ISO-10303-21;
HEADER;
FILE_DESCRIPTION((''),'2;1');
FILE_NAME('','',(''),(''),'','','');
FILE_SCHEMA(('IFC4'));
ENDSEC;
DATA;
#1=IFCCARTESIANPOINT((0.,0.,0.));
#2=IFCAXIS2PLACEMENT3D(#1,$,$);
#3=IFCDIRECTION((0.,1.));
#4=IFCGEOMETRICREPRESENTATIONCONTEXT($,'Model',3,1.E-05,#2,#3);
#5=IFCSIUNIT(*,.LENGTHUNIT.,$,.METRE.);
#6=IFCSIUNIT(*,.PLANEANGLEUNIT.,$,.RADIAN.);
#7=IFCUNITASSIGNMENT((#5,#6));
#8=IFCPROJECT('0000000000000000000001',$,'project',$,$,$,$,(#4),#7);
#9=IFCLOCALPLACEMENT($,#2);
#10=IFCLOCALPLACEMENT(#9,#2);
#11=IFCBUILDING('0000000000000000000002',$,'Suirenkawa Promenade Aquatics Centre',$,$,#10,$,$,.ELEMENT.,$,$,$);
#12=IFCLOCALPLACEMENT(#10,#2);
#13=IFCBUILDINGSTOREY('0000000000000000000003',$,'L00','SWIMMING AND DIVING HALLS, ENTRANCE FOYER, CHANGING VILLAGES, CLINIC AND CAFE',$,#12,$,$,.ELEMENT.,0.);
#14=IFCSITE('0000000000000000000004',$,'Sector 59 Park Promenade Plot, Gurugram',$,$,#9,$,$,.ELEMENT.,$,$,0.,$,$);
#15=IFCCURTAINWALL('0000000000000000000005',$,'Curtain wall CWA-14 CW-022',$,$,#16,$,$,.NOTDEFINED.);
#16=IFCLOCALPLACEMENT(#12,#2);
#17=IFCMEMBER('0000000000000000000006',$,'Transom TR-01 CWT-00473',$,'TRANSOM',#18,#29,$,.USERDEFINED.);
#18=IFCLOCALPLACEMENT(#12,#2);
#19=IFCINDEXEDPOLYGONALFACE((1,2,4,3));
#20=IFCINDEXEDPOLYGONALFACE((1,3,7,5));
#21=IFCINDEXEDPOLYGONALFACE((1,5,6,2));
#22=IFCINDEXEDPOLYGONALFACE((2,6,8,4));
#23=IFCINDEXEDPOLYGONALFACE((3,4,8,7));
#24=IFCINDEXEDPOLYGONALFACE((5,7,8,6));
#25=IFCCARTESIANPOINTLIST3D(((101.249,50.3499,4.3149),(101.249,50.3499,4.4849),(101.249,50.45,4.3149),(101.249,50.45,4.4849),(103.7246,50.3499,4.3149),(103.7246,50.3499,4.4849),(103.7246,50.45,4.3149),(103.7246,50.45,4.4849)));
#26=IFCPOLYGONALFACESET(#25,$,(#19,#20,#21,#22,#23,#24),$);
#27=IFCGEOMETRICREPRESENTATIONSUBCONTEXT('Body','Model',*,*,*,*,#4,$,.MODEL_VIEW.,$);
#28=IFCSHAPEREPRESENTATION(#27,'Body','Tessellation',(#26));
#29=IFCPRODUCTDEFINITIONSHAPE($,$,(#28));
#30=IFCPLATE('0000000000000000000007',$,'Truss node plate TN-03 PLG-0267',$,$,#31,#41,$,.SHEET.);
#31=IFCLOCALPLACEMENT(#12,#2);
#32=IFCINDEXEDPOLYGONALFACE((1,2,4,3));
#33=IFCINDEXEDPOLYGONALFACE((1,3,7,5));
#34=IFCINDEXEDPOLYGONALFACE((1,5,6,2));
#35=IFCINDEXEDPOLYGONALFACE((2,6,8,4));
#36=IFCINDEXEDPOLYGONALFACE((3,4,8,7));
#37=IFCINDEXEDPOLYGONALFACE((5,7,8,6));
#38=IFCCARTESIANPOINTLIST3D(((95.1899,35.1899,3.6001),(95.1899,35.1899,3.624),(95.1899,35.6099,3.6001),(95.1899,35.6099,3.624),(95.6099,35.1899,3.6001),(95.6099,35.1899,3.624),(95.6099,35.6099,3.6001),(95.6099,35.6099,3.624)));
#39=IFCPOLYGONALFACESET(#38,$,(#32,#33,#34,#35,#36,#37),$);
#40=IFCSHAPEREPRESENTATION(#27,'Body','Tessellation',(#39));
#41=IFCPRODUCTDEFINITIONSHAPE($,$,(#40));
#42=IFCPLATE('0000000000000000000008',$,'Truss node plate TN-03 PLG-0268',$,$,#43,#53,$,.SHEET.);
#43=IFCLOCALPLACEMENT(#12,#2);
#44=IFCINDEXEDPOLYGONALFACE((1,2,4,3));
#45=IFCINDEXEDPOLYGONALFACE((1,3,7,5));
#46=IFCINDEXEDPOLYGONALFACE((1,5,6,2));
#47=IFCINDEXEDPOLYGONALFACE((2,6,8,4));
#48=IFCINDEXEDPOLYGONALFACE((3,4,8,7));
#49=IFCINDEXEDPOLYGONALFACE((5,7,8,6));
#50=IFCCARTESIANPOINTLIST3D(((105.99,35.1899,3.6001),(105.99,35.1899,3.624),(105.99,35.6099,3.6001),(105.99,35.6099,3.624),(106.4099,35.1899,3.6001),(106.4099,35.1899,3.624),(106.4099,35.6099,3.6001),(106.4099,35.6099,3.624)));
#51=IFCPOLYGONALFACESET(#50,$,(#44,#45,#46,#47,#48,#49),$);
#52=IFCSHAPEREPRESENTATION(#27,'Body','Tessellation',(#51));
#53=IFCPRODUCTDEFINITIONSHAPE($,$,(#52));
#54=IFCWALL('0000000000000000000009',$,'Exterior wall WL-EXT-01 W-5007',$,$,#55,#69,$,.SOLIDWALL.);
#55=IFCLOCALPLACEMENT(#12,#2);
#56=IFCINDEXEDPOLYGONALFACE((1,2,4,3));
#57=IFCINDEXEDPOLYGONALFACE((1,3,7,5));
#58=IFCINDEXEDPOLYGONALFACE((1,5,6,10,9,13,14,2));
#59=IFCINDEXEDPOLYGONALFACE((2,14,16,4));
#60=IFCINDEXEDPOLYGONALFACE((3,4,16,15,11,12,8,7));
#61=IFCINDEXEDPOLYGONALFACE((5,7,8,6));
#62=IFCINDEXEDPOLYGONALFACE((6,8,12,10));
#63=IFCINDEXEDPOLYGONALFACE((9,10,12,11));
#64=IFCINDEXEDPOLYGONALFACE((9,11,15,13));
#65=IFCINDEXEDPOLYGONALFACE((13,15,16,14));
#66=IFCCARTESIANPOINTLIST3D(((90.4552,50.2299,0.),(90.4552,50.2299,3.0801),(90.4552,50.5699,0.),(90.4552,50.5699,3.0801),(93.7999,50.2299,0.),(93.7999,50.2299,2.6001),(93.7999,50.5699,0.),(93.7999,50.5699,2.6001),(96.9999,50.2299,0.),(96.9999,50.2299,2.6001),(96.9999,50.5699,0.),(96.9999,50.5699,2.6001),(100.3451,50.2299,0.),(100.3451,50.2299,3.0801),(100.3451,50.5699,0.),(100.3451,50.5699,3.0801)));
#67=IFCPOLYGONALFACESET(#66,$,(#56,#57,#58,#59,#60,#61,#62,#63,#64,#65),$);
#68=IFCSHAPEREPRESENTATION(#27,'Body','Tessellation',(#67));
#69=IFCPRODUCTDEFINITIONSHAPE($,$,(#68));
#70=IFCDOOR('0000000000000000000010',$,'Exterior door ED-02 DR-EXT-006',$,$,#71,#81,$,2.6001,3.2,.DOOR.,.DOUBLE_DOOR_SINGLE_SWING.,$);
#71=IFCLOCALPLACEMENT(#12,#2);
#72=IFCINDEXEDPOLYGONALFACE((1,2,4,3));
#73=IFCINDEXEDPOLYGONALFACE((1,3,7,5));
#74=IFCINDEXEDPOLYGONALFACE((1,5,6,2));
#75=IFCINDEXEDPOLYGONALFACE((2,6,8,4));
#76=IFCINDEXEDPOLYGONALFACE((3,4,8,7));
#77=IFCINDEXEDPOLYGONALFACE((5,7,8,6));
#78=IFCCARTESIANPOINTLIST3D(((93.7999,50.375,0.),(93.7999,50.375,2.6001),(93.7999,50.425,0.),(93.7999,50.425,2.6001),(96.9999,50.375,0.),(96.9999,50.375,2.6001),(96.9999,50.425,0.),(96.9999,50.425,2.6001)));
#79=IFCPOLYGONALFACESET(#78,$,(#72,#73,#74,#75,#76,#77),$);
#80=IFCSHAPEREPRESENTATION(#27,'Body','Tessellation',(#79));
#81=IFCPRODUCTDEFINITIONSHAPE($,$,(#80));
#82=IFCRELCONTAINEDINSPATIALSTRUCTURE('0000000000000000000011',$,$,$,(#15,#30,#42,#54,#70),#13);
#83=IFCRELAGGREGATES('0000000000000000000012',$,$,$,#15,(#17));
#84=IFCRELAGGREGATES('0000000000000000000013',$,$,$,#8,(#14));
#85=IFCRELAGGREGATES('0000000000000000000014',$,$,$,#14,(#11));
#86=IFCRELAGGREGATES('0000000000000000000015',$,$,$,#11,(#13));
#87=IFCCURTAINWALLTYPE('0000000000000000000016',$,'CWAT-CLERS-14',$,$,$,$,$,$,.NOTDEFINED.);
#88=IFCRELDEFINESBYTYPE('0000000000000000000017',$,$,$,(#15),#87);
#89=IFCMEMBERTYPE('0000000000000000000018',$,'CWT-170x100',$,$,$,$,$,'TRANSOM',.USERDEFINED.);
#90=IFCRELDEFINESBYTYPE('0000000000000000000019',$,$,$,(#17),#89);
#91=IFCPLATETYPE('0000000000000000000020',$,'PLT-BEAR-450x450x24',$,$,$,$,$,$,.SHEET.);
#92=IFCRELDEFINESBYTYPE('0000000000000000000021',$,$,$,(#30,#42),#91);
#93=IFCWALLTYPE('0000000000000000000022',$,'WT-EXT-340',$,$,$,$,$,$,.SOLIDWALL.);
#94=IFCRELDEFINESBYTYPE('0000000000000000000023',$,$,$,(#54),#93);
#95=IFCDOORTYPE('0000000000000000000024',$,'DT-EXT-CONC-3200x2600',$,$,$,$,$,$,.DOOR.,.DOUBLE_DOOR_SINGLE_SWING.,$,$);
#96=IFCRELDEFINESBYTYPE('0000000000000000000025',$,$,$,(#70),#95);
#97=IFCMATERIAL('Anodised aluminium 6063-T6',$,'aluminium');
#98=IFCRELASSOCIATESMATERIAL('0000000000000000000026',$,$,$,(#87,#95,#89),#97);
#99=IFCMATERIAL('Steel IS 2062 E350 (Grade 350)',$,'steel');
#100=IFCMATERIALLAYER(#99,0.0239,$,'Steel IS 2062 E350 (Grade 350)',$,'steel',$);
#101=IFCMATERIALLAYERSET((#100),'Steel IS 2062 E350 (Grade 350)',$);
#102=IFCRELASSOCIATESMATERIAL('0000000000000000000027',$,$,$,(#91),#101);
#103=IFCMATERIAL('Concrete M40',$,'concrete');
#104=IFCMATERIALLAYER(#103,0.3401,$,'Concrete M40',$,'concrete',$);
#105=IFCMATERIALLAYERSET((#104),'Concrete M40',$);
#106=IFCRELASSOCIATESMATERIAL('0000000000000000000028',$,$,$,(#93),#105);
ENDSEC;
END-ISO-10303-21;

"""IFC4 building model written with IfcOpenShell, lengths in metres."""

from ifc_helpers import new_model, si_unit, direction, frame, frame_2d, origin, origin_2d, place, context, subcontext, project, spatial, rectangle, extrude, material, layer, layer_set, material_profile, profile_set, type_object, element, fill, aggregate, save


model = new_model("IFC4")

# Units and contexts
model_context = context("Model", 3, precision=1e-05, world=origin(), true_north=direction((0.0, 1.0)))
body_context = subcontext(model_context, "Body", "Model", "MODEL_VIEW")
ifc_project = project(units=[si_unit("LENGTHUNIT", "METRE"), si_unit("PLANEANGLEUNIT", "RADIAN")], contexts=[model_context])

# Site, building, storey
site_placement = place(None, origin())
site = spatial("IfcSite", under=ifc_project, at=site_placement, Name="Sector 59 Park Promenade Plot, Gurugram", CompositionType="ELEMENT", RefElevation=0.0)
building_placement = place(site_placement, origin())
building = spatial("IfcBuilding", under=site, at=building_placement, Name="Suirenkawa Promenade Aquatics Centre", CompositionType="ELEMENT")
storey_placement = place(building_placement, origin())
storey = spatial("IfcBuildingStorey", under=building, at=storey_placement, Name="L00", Description="SWIMMING AND DIVING HALLS, ENTRANCE FOYER, CHANGING VILLAGES, CLINIC AND CAFE", CompositionType="ELEMENT", Elevation=0.0)

# Shared definitions
ifc_material_1 = material(Name="Concrete M40", Category="concrete")
ifc_material_2 = material(Name="Steel IS 2062 E350 (Grade 350)", Category="steel")

# Curtain wall
ifc_material_3 = material(Name="Anodised aluminium 6063-T6", Category="aluminium")
curtain_wall_type_1 = type_object("IfcCurtainWallType", Name="CWAT-CLERS-14", PredefinedType="NOTDEFINED", material=ifc_material_3)
curtain_wall_1_placement = place(storey_placement, origin())
curtain_wall_1 = element("IfcCurtainWall", 1, at=curtain_wall_1_placement, inside=storey, type_object=curtain_wall_type_1, Name="Curtain wall CWA-14 CW-022", PredefinedType="NOTDEFINED")

# Member
ifc_material_profile_1 = material_profile(ifc_material_3, rectangle(XDim=0.1001, YDim=0.1699, at=origin_2d()), Name="ALU TRAN 100x170", Category="aluminium")
ifc_profile_set_1 = profile_set([ifc_material_profile_1], Name="Anodised aluminium 6063-T6")
member_type_1 = type_object("IfcMemberType", Name="CWT-170x100", ElementType="TRANSOM", PredefinedType="USERDEFINED", material=ifc_profile_set_1)
member_1_placement = place(storey_placement, frame((103.7246, 50.3999, 4.3999), z_axis=(-1.0, 0.0, 0.0), x_axis=(0.0, -1.0, 0.0)))
member_1 = element("IfcMember", 2, at=member_1_placement, type_object=member_type_1, Name="Transom TR-01 CWT-00473", ObjectType="TRANSOM", PredefinedType="USERDEFINED", context=body_context, shape_type="SweptSolid", body=[
    extrude(rectangle(XDim=0.1001, YDim=0.1699, at=origin_2d()), origin(), (0.0, 0.0, 1.0), 2.4756),
])

aggregate(curtain_wall_1, [member_1])

# Plates
ifc_layer_1 = layer(ifc_material_2, 0.0239, Name="Steel IS 2062 E350 (Grade 350)", Category="steel")
ifc_layer_set_1 = layer_set([ifc_layer_1], Name="Steel IS 2062 E350 (Grade 350)")
plate_type_1 = type_object("IfcPlateType", Name="PLT-BEAR-450x450x24", PredefinedType="SHEET", material=ifc_layer_set_1)
for number, where, z_axis, x_axis, name in (
    (3, (95.3999, 35.3999, 3.6001), (0.0, 0.0, 1.0), (1.0, 0.0, 0.0), "Truss node plate TN-03 PLG-0267"),
    (4, (106.2, 35.3999, 3.6001), (0.0, 0.0, 1.0), (1.0, 0.0, 0.0), "Truss node plate TN-03 PLG-0268"),
):
    element("IfcPlate", number, at=place(storey_placement, frame(where, z_axis=z_axis, x_axis=x_axis)), inside=storey, type_object=plate_type_1, Name=name, PredefinedType="SHEET", context=body_context, shape_type="SweptSolid", body=[
        extrude(rectangle(XDim=0.4199, YDim=0.4199, at=origin_2d()), origin(), (0.0, 0.0, 1.0), 0.0239),
    ])

# Wall, opening, door
ifc_layer_2 = layer(ifc_material_1, 0.3401, Name="Concrete M40", Category="concrete")
ifc_layer_set_2 = layer_set([ifc_layer_2], Name="Concrete M40")
wall_type = type_object("IfcWallType", Name="WT-EXT-340", PredefinedType="SOLIDWALL", material=ifc_layer_set_2)
wall_placement = place(storey_placement, frame((100.345, 50.3999, 0.0), z_axis=(0.0, 0.0, 1.0), x_axis=(-1.0, 0.0, 0.0)))
wall = element("IfcWall", 5, at=wall_placement, inside=storey, type_object=wall_type, Name="Exterior wall WL-EXT-01 W-5007", PredefinedType="SOLIDWALL", context=body_context, shape_type="SweptSolid", body=[
    extrude(rectangle(XDim=9.8899, YDim=0.3401, at=frame_2d((4.9448, 0.0))), origin(), (0.0, 0.0, 1.0), 3.0801),
])
opening_placement = place(wall_placement, frame((3.345, 0.0, 0.0)))
opening = element("IfcOpeningElement", 6, at=opening_placement, cuts=wall, PredefinedType="OPENING", context=body_context, shape_type="SweptSolid", body=[
    extrude(rectangle(XDim=3.2, YDim=2.6001, at=frame_2d((1.6001, 1.3))), frame((0.0, 0.1799, 0.0), z_axis=(0.0, -1.0, 0.0), x_axis=(1.0, 0.0, 0.0)), (0.0, 0.0, 1.0), 0.3601),
])
door_type = type_object("IfcDoorType", Name="DT-EXT-CONC-3200x2600", OperationType="DOUBLE_DOOR_SINGLE_SWING", PredefinedType="DOOR", material=ifc_material_3)
door_placement = place(opening_placement, origin())
door = element("IfcDoor", 7, at=door_placement, inside=storey, type_object=door_type, Name="Exterior door ED-02 DR-EXT-006", OperationType="DOUBLE_DOOR_SINGLE_SWING", OverallHeight=2.6001, OverallWidth=3.2, PredefinedType="DOOR", context=body_context, shape_type="SweptSolid", body=[
    extrude(rectangle(XDim=3.2, YDim=2.6001, at=frame_2d((1.6001, 1.3))), frame((0.0, 0.0249, 0.0), z_axis=(0.0, -1.0, 0.0), x_axis=(1.0, 0.0, 0.0)), (0.0, 0.0, 1.0), 0.05),
])
fill(opening, door)

save(model, "model.ifc")
